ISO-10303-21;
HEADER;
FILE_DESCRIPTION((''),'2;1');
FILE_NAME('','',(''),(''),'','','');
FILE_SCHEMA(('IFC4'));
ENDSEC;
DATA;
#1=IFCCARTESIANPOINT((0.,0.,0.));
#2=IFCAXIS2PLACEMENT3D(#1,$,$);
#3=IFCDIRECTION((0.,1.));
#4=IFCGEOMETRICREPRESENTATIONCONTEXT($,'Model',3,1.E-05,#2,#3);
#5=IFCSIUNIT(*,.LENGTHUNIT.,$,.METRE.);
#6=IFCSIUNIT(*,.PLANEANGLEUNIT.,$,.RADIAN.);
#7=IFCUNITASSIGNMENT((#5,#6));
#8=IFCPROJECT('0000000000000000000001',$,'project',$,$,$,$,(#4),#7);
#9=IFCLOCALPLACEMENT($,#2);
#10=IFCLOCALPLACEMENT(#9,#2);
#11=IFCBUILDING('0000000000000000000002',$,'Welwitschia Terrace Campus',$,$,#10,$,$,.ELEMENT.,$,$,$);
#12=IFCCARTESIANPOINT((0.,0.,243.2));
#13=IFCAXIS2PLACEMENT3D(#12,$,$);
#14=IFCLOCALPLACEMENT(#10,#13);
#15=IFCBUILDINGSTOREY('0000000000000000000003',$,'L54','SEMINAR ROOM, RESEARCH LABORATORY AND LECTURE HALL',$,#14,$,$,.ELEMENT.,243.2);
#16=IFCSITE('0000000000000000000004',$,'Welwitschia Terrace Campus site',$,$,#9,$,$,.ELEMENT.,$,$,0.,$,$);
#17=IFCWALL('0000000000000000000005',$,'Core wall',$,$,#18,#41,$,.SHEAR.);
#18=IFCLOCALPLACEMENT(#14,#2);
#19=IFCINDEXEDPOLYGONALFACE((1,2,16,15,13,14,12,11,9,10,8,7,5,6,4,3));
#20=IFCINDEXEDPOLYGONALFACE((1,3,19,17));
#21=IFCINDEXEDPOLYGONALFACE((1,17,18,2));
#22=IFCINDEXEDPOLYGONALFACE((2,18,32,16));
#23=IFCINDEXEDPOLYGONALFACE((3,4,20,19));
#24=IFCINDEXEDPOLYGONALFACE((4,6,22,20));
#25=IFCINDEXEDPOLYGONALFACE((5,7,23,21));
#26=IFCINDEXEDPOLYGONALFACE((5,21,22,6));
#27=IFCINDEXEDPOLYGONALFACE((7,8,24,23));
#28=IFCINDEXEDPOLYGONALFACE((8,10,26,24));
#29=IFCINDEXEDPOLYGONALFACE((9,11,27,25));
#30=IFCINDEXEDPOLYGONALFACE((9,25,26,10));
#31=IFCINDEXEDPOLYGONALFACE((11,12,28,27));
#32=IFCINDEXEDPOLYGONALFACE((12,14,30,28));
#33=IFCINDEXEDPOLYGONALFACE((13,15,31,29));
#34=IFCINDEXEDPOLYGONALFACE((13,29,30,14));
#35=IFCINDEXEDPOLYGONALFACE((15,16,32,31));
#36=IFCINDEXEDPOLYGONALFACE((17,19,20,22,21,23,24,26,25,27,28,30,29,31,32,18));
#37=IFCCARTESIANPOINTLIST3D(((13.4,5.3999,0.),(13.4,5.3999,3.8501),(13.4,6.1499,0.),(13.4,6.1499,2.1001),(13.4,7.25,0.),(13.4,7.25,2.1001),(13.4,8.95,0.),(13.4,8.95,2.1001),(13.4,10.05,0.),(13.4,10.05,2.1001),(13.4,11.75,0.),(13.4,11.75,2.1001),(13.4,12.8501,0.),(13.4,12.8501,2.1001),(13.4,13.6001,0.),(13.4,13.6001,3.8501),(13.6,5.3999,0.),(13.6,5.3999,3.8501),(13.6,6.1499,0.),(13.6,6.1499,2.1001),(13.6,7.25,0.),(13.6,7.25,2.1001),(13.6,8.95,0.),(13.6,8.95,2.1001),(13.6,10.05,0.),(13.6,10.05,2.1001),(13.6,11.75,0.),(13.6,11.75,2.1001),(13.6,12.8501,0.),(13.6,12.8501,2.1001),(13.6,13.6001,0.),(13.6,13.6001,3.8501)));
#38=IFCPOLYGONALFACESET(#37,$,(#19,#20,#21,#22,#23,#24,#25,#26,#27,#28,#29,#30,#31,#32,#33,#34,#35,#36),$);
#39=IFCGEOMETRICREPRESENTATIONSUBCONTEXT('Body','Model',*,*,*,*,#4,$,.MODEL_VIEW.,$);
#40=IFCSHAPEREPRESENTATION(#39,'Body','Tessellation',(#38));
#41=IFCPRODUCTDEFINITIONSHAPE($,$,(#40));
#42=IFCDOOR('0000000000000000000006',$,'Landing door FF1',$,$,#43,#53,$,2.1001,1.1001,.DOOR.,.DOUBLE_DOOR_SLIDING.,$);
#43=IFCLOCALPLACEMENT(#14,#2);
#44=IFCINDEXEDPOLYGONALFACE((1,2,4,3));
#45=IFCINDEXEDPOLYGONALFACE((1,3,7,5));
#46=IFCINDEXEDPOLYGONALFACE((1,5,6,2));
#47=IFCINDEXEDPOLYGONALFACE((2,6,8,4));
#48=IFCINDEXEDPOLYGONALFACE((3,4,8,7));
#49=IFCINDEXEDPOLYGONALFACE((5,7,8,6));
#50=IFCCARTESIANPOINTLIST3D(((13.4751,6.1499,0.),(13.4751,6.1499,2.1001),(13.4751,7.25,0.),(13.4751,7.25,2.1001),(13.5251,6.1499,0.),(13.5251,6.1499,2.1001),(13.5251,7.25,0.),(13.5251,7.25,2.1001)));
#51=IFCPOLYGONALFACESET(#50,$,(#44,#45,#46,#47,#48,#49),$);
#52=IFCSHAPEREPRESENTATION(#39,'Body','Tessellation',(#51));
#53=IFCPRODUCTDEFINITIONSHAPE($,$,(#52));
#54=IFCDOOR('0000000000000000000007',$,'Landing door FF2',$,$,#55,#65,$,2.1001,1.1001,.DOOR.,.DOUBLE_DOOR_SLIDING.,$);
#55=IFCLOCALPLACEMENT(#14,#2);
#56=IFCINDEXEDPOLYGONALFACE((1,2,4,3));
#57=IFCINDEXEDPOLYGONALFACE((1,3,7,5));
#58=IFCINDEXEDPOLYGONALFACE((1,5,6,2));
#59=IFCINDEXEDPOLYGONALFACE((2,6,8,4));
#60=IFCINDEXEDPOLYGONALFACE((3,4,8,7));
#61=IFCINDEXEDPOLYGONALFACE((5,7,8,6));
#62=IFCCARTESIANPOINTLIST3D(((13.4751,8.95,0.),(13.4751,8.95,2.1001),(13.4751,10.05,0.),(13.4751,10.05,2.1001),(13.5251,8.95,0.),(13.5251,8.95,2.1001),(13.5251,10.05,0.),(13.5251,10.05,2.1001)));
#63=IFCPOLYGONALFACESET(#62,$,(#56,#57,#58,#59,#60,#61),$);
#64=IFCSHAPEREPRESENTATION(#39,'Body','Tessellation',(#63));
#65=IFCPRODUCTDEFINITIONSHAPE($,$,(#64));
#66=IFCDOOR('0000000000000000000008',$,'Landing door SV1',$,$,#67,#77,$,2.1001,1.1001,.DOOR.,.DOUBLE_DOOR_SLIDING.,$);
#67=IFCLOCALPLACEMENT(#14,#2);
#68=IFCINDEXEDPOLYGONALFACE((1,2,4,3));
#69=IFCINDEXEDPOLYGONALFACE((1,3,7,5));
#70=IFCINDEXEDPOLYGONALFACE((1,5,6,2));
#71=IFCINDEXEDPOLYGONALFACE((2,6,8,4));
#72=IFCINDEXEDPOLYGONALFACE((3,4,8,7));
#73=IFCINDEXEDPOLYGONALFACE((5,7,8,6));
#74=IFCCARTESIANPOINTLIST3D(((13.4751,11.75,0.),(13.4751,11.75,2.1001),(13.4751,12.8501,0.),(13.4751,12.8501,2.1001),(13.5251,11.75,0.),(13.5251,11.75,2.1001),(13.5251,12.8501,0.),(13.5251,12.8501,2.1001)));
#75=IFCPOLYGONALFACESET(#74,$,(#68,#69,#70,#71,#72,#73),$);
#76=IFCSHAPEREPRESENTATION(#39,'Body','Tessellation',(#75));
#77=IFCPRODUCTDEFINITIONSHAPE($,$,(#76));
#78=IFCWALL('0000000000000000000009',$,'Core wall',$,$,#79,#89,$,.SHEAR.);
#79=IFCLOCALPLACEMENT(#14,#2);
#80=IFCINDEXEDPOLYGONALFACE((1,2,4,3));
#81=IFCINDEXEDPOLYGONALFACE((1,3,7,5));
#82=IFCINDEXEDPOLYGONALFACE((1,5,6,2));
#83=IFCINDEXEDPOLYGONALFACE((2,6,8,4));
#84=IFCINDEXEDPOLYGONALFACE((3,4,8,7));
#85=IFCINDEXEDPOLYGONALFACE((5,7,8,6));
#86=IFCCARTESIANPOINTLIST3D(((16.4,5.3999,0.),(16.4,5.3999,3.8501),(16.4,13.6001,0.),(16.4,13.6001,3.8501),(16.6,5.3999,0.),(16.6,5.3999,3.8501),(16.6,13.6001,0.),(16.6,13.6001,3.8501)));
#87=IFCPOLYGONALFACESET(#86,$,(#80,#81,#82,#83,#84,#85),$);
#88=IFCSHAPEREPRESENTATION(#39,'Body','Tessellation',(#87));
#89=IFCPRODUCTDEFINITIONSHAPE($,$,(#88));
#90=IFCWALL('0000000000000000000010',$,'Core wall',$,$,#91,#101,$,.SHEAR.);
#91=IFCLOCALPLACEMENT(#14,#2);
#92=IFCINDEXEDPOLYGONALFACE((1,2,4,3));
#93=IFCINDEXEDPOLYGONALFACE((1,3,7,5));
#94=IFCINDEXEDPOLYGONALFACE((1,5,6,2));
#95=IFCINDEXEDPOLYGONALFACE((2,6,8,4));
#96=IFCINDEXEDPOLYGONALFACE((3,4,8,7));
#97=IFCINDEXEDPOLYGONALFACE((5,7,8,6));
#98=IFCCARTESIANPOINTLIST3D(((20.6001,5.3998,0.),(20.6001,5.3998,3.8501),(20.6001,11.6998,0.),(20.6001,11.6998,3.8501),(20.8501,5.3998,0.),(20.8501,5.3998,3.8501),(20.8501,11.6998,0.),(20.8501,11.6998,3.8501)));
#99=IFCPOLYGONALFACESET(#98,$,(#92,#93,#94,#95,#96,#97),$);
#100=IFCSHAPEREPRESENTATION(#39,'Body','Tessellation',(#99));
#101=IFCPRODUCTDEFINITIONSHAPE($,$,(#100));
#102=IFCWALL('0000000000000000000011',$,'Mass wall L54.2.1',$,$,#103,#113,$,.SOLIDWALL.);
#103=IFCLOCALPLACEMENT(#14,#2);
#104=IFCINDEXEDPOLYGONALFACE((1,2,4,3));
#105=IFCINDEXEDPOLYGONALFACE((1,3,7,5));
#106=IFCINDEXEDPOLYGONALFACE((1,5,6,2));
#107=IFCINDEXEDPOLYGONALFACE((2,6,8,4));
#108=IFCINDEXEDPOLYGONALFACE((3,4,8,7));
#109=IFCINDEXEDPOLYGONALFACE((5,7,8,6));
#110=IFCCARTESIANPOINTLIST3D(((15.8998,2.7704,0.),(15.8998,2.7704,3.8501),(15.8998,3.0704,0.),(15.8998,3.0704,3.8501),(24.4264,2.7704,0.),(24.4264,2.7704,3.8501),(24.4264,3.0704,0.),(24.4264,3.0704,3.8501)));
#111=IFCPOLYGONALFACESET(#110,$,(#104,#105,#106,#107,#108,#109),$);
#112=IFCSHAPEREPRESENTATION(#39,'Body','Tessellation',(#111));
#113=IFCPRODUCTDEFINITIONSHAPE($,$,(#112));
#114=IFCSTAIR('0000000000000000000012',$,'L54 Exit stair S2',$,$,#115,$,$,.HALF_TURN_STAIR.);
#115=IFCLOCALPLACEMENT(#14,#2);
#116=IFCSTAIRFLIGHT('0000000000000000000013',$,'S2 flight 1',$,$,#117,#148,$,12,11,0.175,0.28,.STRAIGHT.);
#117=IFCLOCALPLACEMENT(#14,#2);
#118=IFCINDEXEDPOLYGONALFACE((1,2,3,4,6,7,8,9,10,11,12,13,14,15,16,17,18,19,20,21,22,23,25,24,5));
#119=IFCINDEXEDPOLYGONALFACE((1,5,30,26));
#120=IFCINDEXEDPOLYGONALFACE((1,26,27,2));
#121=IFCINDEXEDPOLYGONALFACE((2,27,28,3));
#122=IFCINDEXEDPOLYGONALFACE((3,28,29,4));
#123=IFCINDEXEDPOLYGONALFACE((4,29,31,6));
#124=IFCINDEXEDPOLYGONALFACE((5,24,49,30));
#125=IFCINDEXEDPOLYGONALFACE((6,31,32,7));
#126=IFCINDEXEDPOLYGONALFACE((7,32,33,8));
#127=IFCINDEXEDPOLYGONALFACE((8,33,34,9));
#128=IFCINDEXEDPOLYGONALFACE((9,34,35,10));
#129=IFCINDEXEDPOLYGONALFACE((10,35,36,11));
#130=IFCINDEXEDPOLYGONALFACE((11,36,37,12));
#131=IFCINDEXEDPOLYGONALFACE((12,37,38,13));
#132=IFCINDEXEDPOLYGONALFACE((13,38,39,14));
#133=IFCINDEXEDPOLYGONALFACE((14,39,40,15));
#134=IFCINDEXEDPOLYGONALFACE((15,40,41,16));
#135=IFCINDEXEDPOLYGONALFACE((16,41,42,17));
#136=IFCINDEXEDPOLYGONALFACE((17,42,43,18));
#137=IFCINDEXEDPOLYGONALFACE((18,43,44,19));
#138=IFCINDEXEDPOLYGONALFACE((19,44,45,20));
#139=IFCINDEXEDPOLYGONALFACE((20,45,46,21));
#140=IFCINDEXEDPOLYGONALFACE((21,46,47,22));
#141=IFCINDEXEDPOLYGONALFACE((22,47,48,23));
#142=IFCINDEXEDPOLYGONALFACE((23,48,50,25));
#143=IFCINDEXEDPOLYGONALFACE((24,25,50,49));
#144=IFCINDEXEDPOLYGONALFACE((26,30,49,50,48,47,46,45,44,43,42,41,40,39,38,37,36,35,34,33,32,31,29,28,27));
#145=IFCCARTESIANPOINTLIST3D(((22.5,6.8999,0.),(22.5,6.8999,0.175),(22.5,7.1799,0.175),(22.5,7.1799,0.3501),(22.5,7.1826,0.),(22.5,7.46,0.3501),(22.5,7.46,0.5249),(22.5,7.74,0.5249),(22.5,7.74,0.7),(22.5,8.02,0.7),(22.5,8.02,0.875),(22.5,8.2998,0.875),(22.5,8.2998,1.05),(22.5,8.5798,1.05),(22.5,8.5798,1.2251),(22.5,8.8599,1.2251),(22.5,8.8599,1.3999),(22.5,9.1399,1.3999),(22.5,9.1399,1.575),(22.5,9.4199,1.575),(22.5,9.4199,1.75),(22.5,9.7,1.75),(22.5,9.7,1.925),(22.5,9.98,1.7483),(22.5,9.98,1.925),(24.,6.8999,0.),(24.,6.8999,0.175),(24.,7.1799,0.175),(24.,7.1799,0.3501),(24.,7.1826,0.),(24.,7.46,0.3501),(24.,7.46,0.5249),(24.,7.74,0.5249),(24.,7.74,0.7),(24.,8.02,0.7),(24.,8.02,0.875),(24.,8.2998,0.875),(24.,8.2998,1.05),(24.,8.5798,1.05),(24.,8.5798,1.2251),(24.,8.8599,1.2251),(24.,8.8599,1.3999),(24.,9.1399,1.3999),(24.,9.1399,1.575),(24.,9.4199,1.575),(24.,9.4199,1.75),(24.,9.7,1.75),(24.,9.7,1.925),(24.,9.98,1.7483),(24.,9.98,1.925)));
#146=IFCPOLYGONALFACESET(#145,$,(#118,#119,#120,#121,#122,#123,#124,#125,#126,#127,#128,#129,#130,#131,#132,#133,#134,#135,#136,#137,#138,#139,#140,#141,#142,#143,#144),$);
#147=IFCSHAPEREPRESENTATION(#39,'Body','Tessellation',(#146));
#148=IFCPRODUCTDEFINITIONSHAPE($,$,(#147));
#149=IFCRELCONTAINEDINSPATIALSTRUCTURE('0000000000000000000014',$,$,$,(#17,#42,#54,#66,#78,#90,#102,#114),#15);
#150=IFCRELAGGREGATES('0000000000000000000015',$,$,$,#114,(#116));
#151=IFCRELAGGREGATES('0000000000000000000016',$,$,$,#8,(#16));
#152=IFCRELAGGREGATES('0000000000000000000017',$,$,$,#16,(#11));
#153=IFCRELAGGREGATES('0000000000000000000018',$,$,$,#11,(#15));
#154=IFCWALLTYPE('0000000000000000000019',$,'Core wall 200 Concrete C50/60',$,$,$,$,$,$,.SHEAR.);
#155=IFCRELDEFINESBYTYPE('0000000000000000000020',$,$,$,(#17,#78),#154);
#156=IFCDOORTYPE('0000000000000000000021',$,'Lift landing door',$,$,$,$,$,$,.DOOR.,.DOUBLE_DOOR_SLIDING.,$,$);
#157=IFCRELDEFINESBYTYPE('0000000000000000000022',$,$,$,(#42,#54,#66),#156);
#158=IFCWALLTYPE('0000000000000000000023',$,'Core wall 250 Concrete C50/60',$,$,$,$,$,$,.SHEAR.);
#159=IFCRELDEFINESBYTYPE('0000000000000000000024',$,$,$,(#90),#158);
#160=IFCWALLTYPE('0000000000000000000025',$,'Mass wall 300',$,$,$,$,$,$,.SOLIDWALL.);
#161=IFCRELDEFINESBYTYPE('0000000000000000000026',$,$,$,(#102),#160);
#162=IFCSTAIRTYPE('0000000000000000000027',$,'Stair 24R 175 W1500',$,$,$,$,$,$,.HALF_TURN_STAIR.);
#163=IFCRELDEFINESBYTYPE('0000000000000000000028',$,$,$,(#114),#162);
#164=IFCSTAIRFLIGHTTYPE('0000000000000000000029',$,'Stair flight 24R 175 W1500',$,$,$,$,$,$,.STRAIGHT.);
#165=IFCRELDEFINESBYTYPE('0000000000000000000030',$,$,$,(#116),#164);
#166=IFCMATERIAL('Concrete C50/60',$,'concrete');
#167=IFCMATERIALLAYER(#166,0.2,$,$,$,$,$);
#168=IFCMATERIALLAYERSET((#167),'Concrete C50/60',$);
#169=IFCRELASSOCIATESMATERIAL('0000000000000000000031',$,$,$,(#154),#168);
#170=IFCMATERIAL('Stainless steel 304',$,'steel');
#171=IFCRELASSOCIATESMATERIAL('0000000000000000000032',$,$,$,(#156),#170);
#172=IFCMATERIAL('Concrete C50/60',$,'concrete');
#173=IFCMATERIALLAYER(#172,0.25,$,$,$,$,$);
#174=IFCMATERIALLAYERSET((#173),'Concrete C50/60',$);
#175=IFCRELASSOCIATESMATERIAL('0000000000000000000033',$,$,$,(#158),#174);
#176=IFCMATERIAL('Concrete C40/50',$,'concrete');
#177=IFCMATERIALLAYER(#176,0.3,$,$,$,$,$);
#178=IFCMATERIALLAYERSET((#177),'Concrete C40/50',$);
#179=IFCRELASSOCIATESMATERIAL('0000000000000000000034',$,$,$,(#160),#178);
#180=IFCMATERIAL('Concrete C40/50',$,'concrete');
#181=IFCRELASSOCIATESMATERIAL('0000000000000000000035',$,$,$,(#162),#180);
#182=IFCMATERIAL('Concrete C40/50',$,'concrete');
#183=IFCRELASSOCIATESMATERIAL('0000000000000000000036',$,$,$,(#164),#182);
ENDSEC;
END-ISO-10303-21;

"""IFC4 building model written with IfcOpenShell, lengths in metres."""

from ifc_helpers import new_model, si_unit, direction, frame, frame_2d, origin, place, context, subcontext, project, spatial, polyline, rectangle, outline, extrude, material, layer, layer_set, type_object, element, fill, aggregate, save


model = new_model("IFC4")

# Units and contexts
model_context = context("Model", 3, precision=1e-05, world=origin(), true_north=direction((0.0, 1.0)))
body_context = subcontext(model_context, "Body", "Model", "MODEL_VIEW")
ifc_project = project(units=[si_unit("LENGTHUNIT", "METRE"), si_unit("PLANEANGLEUNIT", "RADIAN")], contexts=[model_context])

# Site, building, storey
site_placement = place(None, origin())
site = spatial("IfcSite", under=ifc_project, at=site_placement, Name="Welwitschia Terrace Campus site", CompositionType="ELEMENT", RefElevation=0.0)
building_placement = place(site_placement, origin())
building = spatial("IfcBuilding", under=site, at=building_placement, Name="Welwitschia Terrace Campus", CompositionType="ELEMENT")
storey_placement = place(building_placement, frame((0.0, 0.0, 243.2)))
storey = spatial("IfcBuildingStorey", under=building, at=storey_placement, Name="L54", Description="SEMINAR ROOM, RESEARCH LABORATORY AND LECTURE HALL", CompositionType="ELEMENT", Elevation=243.2)

# Shared definitions
ifc_material_1 = material(Name="Concrete C50/60", Category="concrete")
ifc_layer_1 = layer(ifc_material_1, 0.2)
ifc_layer_set_1 = layer_set([ifc_layer_1], Name="Concrete C50/60")
wall_type_1 = type_object("IfcWallType", Name="Core wall 200 Concrete C50/60", PredefinedType="SHEAR", material=ifc_layer_set_1)

# Wall, openings, doors
wall_1_placement = place(storey_placement, frame((13.5, 5.3999, 0.0), z_axis=(0.0, 0.0, 1.0), x_axis=(0.0, 1.0, 0.0)))
wall_1 = element("IfcWall", 1, at=wall_1_placement, inside=storey, type_object=wall_type_1, Name="Core wall", PredefinedType="SHEAR", context=body_context, shape_type="SweptSolid", body=[
    extrude(rectangle(XDim=8.2002, YDim=0.2, at=frame_2d((4.1001, 0.0))), origin(), (0.0, 0.0, 1.0), 3.8501),
])
opening_1_placement = place(wall_1_placement, frame((0.75, 0.0, 0.0)))
opening_1 = element("IfcOpeningElement", 2, at=opening_1_placement, cuts=wall_1, PredefinedType="OPENING", context=body_context, shape_type="SweptSolid", body=[
    extrude(rectangle(XDim=1.1001, YDim=2.1001, at=frame_2d((0.55, 1.05))), frame((0.0, 0.1099, 0.0), z_axis=(0.0, -1.0, 0.0), x_axis=(1.0, 0.0, 0.0)), (0.0, 0.0, 1.0), 0.22),
])
opening_2_placement = place(wall_1_placement, frame((3.55, 0.0, 0.0)))
opening_2 = element("IfcOpeningElement", 3, at=opening_2_placement, cuts=wall_1, PredefinedType="OPENING", context=body_context, shape_type="SweptSolid", body=[
    extrude(rectangle(XDim=1.1001, YDim=2.1001, at=frame_2d((0.55, 1.05))), frame((0.0, 0.1099, 0.0), z_axis=(0.0, -1.0, 0.0), x_axis=(1.0, 0.0, 0.0)), (0.0, 0.0, 1.0), 0.22),
])
opening_3_placement = place(wall_1_placement, frame((6.3501, 0.0, 0.0)))
opening_3 = element("IfcOpeningElement", 4, at=opening_3_placement, cuts=wall_1, PredefinedType="OPENING", context=body_context, shape_type="SweptSolid", body=[
    extrude(rectangle(XDim=1.1001, YDim=2.1001, at=frame_2d((0.55, 1.05))), frame((0.0, 0.1099, 0.0), z_axis=(0.0, -1.0, 0.0), x_axis=(1.0, 0.0, 0.0)), (0.0, 0.0, 1.0), 0.22),
])
ifc_material_2 = material(Name="Stainless steel 304", Category="steel")
door_type = type_object("IfcDoorType", Name="Lift landing door", OperationType="DOUBLE_DOOR_SLIDING", PredefinedType="DOOR", material=ifc_material_2)
door_1_placement = place(opening_1_placement, origin())
door_1 = element("IfcDoor", 5, at=door_1_placement, inside=storey, type_object=door_type, Name="Landing door FF1", OperationType="DOUBLE_DOOR_SLIDING", OverallHeight=2.1001, OverallWidth=1.1001, PredefinedType="DOOR", context=body_context, shape_type="SweptSolid", body=[
    extrude(rectangle(XDim=1.1001, YDim=2.1001, at=frame_2d((0.55, 1.05))), frame((0.0, 0.0249, 0.0), z_axis=(0.0, -1.0, 0.0), x_axis=(1.0, 0.0, 0.0)), (0.0, 0.0, 1.0), 0.05),
])
fill(opening_1, door_1)
door_2_placement = place(opening_2_placement, origin())
door_2 = element("IfcDoor", 6, at=door_2_placement, inside=storey, type_object=door_type, Name="Landing door FF2", OperationType="DOUBLE_DOOR_SLIDING", OverallHeight=2.1001, OverallWidth=1.1001, PredefinedType="DOOR", context=body_context, shape_type="SweptSolid", body=[
    extrude(rectangle(XDim=1.1001, YDim=2.1001, at=frame_2d((0.55, 1.05))), frame((0.0, 0.0249, 0.0), z_axis=(0.0, -1.0, 0.0), x_axis=(1.0, 0.0, 0.0)), (0.0, 0.0, 1.0), 0.05),
])
fill(opening_2, door_2)
door_3_placement = place(opening_3_placement, origin())
door_3 = element("IfcDoor", 7, at=door_3_placement, inside=storey, type_object=door_type, Name="Landing door SV1", OperationType="DOUBLE_DOOR_SLIDING", OverallHeight=2.1001, OverallWidth=1.1001, PredefinedType="DOOR", context=body_context, shape_type="SweptSolid", body=[
    extrude(rectangle(XDim=1.1001, YDim=2.1001, at=frame_2d((0.55, 1.05))), frame((0.0, 0.0249, 0.0), z_axis=(0.0, -1.0, 0.0), x_axis=(1.0, 0.0, 0.0)), (0.0, 0.0, 1.0), 0.05),
])
fill(opening_3, door_3)

# Walls
wall_2_placement = place(storey_placement, frame((16.5, 5.3999, 0.0), z_axis=(0.0, 0.0, 1.0), x_axis=(0.0, 1.0, 0.0)))
element("IfcWall", 8, at=wall_2_placement, inside=storey, type_object=wall_type_1, Name="Core wall", PredefinedType="SHEAR", context=body_context, shape_type="SweptSolid", body=[
    extrude(rectangle(XDim=8.2002, YDim=0.2, at=frame_2d((4.1001, 0.0))), origin(), (0.0, 0.0, 1.0), 3.8501),
])
ifc_material_3 = material(Name="Concrete C50/60", Category="concrete")
ifc_layer_2 = layer(ifc_material_3, 0.25)
ifc_layer_set_2 = layer_set([ifc_layer_2], Name="Concrete C50/60")
wall_type_2 = type_object("IfcWallType", Name="Core wall 250 Concrete C50/60", PredefinedType="SHEAR", material=ifc_layer_set_2)
wall_3_placement = place(storey_placement, frame((20.7251, 5.3999, 0.0), z_axis=(0.0, 0.0, 1.0), x_axis=(0.0, 1.0, 0.0)))
element("IfcWall", 9, at=wall_3_placement, inside=storey, type_object=wall_type_2, Name="Core wall", PredefinedType="SHEAR", context=body_context, shape_type="SweptSolid", body=[
    extrude(rectangle(XDim=6.3, YDim=0.25, at=frame_2d((3.1499, 0.0))), origin(), (0.0, 0.0, 1.0), 3.8501),
])
ifc_material_4 = material(Name="Concrete C40/50", Category="concrete")
ifc_layer_3 = layer(ifc_material_4, 0.3)
ifc_layer_set_3 = layer_set([ifc_layer_3], Name="Concrete C40/50")
wall_type_3 = type_object("IfcWallType", Name="Mass wall 300", PredefinedType="SOLIDWALL", material=ifc_layer_set_3)
wall_4_placement = place(storey_placement, frame((15.8999, 2.9204, 0.0), z_axis=(0.0, 0.0, 1.0), x_axis=(1.0, 0.0, 0.0)))
element("IfcWall", 10, at=wall_4_placement, inside=storey, type_object=wall_type_3, Name="Mass wall L54.2.1", PredefinedType="SOLIDWALL", context=body_context, shape_type="SweptSolid", body=[
    extrude(rectangle(XDim=8.5266, YDim=0.3, at=frame_2d((4.2632, 0.0))), origin(), (0.0, 0.0, 1.0), 3.8501),
])

# Stair, stair flight
ifc_material_5 = material(Name="Concrete C40/50", Category="concrete")
stair_type = type_object("IfcStairType", Name="Stair 24R 175 W1500", PredefinedType="HALF_TURN_STAIR", material=ifc_material_5)
stair_placement = place(storey_placement, origin())
stair = element("IfcStair", 11, at=stair_placement, inside=storey, type_object=stair_type, Name="L54 Exit stair S2", PredefinedType="HALF_TURN_STAIR")
ifc_material_6 = material(Name="Concrete C40/50", Category="concrete")
stair_flight_type = type_object("IfcStairFlightType", Name="Stair flight 24R 175 W1500", PredefinedType="STRAIGHT", material=ifc_material_6)
stair_flight_1_placement = place(storey_placement, frame((23.25, 6.8999, 0.0), z_axis=(0.0, 0.0, 1.0), x_axis=(0.0, 1.0, 0.0)))
stair_flight_1 = element("IfcStairFlight", 12, at=stair_flight_1_placement, type_object=stair_flight_type, Name="S2 flight 1", NumberOfRisers=12, NumberOfTreads=11, PredefinedType="STRAIGHT", RiserHeight=0.175, TreadLength=0.28, context=body_context, shape_type="SweptSolid", body=[
    extrude(outline(polyline([(0.0, 0.0), (0.0, 0.175), (0.28, 0.175), (0.28, 0.3501), (0.5601, 0.3501), (0.5601, 0.5249), (0.8401, 0.5249), (0.8401, 0.7), (1.1201, 0.7), (1.1201, 0.875), (1.3999, 0.875), (1.3999, 1.05), (1.6799, 1.05), (1.6799, 1.2251), (1.96, 1.2251), (1.96, 1.3999), (2.24, 1.3999), (2.24, 1.575), (2.52, 1.575), (2.52, 1.75), (2.8, 1.75), (2.8, 1.925), (3.0801, 1.925), (3.0801, 2.1001), (3.0801, 1.7483), (0.2827, 0.0), (0.0, 0.0)])), frame((0.0, 0.75, 0.0), z_axis=(0.0, -1.0, 0.0), x_axis=(1.0, 0.0, 0.0)), (0.0, 0.0, 1.0), 1.5),
])
aggregate(stair, [stair_flight_1])

save(model, "model.ifc")
